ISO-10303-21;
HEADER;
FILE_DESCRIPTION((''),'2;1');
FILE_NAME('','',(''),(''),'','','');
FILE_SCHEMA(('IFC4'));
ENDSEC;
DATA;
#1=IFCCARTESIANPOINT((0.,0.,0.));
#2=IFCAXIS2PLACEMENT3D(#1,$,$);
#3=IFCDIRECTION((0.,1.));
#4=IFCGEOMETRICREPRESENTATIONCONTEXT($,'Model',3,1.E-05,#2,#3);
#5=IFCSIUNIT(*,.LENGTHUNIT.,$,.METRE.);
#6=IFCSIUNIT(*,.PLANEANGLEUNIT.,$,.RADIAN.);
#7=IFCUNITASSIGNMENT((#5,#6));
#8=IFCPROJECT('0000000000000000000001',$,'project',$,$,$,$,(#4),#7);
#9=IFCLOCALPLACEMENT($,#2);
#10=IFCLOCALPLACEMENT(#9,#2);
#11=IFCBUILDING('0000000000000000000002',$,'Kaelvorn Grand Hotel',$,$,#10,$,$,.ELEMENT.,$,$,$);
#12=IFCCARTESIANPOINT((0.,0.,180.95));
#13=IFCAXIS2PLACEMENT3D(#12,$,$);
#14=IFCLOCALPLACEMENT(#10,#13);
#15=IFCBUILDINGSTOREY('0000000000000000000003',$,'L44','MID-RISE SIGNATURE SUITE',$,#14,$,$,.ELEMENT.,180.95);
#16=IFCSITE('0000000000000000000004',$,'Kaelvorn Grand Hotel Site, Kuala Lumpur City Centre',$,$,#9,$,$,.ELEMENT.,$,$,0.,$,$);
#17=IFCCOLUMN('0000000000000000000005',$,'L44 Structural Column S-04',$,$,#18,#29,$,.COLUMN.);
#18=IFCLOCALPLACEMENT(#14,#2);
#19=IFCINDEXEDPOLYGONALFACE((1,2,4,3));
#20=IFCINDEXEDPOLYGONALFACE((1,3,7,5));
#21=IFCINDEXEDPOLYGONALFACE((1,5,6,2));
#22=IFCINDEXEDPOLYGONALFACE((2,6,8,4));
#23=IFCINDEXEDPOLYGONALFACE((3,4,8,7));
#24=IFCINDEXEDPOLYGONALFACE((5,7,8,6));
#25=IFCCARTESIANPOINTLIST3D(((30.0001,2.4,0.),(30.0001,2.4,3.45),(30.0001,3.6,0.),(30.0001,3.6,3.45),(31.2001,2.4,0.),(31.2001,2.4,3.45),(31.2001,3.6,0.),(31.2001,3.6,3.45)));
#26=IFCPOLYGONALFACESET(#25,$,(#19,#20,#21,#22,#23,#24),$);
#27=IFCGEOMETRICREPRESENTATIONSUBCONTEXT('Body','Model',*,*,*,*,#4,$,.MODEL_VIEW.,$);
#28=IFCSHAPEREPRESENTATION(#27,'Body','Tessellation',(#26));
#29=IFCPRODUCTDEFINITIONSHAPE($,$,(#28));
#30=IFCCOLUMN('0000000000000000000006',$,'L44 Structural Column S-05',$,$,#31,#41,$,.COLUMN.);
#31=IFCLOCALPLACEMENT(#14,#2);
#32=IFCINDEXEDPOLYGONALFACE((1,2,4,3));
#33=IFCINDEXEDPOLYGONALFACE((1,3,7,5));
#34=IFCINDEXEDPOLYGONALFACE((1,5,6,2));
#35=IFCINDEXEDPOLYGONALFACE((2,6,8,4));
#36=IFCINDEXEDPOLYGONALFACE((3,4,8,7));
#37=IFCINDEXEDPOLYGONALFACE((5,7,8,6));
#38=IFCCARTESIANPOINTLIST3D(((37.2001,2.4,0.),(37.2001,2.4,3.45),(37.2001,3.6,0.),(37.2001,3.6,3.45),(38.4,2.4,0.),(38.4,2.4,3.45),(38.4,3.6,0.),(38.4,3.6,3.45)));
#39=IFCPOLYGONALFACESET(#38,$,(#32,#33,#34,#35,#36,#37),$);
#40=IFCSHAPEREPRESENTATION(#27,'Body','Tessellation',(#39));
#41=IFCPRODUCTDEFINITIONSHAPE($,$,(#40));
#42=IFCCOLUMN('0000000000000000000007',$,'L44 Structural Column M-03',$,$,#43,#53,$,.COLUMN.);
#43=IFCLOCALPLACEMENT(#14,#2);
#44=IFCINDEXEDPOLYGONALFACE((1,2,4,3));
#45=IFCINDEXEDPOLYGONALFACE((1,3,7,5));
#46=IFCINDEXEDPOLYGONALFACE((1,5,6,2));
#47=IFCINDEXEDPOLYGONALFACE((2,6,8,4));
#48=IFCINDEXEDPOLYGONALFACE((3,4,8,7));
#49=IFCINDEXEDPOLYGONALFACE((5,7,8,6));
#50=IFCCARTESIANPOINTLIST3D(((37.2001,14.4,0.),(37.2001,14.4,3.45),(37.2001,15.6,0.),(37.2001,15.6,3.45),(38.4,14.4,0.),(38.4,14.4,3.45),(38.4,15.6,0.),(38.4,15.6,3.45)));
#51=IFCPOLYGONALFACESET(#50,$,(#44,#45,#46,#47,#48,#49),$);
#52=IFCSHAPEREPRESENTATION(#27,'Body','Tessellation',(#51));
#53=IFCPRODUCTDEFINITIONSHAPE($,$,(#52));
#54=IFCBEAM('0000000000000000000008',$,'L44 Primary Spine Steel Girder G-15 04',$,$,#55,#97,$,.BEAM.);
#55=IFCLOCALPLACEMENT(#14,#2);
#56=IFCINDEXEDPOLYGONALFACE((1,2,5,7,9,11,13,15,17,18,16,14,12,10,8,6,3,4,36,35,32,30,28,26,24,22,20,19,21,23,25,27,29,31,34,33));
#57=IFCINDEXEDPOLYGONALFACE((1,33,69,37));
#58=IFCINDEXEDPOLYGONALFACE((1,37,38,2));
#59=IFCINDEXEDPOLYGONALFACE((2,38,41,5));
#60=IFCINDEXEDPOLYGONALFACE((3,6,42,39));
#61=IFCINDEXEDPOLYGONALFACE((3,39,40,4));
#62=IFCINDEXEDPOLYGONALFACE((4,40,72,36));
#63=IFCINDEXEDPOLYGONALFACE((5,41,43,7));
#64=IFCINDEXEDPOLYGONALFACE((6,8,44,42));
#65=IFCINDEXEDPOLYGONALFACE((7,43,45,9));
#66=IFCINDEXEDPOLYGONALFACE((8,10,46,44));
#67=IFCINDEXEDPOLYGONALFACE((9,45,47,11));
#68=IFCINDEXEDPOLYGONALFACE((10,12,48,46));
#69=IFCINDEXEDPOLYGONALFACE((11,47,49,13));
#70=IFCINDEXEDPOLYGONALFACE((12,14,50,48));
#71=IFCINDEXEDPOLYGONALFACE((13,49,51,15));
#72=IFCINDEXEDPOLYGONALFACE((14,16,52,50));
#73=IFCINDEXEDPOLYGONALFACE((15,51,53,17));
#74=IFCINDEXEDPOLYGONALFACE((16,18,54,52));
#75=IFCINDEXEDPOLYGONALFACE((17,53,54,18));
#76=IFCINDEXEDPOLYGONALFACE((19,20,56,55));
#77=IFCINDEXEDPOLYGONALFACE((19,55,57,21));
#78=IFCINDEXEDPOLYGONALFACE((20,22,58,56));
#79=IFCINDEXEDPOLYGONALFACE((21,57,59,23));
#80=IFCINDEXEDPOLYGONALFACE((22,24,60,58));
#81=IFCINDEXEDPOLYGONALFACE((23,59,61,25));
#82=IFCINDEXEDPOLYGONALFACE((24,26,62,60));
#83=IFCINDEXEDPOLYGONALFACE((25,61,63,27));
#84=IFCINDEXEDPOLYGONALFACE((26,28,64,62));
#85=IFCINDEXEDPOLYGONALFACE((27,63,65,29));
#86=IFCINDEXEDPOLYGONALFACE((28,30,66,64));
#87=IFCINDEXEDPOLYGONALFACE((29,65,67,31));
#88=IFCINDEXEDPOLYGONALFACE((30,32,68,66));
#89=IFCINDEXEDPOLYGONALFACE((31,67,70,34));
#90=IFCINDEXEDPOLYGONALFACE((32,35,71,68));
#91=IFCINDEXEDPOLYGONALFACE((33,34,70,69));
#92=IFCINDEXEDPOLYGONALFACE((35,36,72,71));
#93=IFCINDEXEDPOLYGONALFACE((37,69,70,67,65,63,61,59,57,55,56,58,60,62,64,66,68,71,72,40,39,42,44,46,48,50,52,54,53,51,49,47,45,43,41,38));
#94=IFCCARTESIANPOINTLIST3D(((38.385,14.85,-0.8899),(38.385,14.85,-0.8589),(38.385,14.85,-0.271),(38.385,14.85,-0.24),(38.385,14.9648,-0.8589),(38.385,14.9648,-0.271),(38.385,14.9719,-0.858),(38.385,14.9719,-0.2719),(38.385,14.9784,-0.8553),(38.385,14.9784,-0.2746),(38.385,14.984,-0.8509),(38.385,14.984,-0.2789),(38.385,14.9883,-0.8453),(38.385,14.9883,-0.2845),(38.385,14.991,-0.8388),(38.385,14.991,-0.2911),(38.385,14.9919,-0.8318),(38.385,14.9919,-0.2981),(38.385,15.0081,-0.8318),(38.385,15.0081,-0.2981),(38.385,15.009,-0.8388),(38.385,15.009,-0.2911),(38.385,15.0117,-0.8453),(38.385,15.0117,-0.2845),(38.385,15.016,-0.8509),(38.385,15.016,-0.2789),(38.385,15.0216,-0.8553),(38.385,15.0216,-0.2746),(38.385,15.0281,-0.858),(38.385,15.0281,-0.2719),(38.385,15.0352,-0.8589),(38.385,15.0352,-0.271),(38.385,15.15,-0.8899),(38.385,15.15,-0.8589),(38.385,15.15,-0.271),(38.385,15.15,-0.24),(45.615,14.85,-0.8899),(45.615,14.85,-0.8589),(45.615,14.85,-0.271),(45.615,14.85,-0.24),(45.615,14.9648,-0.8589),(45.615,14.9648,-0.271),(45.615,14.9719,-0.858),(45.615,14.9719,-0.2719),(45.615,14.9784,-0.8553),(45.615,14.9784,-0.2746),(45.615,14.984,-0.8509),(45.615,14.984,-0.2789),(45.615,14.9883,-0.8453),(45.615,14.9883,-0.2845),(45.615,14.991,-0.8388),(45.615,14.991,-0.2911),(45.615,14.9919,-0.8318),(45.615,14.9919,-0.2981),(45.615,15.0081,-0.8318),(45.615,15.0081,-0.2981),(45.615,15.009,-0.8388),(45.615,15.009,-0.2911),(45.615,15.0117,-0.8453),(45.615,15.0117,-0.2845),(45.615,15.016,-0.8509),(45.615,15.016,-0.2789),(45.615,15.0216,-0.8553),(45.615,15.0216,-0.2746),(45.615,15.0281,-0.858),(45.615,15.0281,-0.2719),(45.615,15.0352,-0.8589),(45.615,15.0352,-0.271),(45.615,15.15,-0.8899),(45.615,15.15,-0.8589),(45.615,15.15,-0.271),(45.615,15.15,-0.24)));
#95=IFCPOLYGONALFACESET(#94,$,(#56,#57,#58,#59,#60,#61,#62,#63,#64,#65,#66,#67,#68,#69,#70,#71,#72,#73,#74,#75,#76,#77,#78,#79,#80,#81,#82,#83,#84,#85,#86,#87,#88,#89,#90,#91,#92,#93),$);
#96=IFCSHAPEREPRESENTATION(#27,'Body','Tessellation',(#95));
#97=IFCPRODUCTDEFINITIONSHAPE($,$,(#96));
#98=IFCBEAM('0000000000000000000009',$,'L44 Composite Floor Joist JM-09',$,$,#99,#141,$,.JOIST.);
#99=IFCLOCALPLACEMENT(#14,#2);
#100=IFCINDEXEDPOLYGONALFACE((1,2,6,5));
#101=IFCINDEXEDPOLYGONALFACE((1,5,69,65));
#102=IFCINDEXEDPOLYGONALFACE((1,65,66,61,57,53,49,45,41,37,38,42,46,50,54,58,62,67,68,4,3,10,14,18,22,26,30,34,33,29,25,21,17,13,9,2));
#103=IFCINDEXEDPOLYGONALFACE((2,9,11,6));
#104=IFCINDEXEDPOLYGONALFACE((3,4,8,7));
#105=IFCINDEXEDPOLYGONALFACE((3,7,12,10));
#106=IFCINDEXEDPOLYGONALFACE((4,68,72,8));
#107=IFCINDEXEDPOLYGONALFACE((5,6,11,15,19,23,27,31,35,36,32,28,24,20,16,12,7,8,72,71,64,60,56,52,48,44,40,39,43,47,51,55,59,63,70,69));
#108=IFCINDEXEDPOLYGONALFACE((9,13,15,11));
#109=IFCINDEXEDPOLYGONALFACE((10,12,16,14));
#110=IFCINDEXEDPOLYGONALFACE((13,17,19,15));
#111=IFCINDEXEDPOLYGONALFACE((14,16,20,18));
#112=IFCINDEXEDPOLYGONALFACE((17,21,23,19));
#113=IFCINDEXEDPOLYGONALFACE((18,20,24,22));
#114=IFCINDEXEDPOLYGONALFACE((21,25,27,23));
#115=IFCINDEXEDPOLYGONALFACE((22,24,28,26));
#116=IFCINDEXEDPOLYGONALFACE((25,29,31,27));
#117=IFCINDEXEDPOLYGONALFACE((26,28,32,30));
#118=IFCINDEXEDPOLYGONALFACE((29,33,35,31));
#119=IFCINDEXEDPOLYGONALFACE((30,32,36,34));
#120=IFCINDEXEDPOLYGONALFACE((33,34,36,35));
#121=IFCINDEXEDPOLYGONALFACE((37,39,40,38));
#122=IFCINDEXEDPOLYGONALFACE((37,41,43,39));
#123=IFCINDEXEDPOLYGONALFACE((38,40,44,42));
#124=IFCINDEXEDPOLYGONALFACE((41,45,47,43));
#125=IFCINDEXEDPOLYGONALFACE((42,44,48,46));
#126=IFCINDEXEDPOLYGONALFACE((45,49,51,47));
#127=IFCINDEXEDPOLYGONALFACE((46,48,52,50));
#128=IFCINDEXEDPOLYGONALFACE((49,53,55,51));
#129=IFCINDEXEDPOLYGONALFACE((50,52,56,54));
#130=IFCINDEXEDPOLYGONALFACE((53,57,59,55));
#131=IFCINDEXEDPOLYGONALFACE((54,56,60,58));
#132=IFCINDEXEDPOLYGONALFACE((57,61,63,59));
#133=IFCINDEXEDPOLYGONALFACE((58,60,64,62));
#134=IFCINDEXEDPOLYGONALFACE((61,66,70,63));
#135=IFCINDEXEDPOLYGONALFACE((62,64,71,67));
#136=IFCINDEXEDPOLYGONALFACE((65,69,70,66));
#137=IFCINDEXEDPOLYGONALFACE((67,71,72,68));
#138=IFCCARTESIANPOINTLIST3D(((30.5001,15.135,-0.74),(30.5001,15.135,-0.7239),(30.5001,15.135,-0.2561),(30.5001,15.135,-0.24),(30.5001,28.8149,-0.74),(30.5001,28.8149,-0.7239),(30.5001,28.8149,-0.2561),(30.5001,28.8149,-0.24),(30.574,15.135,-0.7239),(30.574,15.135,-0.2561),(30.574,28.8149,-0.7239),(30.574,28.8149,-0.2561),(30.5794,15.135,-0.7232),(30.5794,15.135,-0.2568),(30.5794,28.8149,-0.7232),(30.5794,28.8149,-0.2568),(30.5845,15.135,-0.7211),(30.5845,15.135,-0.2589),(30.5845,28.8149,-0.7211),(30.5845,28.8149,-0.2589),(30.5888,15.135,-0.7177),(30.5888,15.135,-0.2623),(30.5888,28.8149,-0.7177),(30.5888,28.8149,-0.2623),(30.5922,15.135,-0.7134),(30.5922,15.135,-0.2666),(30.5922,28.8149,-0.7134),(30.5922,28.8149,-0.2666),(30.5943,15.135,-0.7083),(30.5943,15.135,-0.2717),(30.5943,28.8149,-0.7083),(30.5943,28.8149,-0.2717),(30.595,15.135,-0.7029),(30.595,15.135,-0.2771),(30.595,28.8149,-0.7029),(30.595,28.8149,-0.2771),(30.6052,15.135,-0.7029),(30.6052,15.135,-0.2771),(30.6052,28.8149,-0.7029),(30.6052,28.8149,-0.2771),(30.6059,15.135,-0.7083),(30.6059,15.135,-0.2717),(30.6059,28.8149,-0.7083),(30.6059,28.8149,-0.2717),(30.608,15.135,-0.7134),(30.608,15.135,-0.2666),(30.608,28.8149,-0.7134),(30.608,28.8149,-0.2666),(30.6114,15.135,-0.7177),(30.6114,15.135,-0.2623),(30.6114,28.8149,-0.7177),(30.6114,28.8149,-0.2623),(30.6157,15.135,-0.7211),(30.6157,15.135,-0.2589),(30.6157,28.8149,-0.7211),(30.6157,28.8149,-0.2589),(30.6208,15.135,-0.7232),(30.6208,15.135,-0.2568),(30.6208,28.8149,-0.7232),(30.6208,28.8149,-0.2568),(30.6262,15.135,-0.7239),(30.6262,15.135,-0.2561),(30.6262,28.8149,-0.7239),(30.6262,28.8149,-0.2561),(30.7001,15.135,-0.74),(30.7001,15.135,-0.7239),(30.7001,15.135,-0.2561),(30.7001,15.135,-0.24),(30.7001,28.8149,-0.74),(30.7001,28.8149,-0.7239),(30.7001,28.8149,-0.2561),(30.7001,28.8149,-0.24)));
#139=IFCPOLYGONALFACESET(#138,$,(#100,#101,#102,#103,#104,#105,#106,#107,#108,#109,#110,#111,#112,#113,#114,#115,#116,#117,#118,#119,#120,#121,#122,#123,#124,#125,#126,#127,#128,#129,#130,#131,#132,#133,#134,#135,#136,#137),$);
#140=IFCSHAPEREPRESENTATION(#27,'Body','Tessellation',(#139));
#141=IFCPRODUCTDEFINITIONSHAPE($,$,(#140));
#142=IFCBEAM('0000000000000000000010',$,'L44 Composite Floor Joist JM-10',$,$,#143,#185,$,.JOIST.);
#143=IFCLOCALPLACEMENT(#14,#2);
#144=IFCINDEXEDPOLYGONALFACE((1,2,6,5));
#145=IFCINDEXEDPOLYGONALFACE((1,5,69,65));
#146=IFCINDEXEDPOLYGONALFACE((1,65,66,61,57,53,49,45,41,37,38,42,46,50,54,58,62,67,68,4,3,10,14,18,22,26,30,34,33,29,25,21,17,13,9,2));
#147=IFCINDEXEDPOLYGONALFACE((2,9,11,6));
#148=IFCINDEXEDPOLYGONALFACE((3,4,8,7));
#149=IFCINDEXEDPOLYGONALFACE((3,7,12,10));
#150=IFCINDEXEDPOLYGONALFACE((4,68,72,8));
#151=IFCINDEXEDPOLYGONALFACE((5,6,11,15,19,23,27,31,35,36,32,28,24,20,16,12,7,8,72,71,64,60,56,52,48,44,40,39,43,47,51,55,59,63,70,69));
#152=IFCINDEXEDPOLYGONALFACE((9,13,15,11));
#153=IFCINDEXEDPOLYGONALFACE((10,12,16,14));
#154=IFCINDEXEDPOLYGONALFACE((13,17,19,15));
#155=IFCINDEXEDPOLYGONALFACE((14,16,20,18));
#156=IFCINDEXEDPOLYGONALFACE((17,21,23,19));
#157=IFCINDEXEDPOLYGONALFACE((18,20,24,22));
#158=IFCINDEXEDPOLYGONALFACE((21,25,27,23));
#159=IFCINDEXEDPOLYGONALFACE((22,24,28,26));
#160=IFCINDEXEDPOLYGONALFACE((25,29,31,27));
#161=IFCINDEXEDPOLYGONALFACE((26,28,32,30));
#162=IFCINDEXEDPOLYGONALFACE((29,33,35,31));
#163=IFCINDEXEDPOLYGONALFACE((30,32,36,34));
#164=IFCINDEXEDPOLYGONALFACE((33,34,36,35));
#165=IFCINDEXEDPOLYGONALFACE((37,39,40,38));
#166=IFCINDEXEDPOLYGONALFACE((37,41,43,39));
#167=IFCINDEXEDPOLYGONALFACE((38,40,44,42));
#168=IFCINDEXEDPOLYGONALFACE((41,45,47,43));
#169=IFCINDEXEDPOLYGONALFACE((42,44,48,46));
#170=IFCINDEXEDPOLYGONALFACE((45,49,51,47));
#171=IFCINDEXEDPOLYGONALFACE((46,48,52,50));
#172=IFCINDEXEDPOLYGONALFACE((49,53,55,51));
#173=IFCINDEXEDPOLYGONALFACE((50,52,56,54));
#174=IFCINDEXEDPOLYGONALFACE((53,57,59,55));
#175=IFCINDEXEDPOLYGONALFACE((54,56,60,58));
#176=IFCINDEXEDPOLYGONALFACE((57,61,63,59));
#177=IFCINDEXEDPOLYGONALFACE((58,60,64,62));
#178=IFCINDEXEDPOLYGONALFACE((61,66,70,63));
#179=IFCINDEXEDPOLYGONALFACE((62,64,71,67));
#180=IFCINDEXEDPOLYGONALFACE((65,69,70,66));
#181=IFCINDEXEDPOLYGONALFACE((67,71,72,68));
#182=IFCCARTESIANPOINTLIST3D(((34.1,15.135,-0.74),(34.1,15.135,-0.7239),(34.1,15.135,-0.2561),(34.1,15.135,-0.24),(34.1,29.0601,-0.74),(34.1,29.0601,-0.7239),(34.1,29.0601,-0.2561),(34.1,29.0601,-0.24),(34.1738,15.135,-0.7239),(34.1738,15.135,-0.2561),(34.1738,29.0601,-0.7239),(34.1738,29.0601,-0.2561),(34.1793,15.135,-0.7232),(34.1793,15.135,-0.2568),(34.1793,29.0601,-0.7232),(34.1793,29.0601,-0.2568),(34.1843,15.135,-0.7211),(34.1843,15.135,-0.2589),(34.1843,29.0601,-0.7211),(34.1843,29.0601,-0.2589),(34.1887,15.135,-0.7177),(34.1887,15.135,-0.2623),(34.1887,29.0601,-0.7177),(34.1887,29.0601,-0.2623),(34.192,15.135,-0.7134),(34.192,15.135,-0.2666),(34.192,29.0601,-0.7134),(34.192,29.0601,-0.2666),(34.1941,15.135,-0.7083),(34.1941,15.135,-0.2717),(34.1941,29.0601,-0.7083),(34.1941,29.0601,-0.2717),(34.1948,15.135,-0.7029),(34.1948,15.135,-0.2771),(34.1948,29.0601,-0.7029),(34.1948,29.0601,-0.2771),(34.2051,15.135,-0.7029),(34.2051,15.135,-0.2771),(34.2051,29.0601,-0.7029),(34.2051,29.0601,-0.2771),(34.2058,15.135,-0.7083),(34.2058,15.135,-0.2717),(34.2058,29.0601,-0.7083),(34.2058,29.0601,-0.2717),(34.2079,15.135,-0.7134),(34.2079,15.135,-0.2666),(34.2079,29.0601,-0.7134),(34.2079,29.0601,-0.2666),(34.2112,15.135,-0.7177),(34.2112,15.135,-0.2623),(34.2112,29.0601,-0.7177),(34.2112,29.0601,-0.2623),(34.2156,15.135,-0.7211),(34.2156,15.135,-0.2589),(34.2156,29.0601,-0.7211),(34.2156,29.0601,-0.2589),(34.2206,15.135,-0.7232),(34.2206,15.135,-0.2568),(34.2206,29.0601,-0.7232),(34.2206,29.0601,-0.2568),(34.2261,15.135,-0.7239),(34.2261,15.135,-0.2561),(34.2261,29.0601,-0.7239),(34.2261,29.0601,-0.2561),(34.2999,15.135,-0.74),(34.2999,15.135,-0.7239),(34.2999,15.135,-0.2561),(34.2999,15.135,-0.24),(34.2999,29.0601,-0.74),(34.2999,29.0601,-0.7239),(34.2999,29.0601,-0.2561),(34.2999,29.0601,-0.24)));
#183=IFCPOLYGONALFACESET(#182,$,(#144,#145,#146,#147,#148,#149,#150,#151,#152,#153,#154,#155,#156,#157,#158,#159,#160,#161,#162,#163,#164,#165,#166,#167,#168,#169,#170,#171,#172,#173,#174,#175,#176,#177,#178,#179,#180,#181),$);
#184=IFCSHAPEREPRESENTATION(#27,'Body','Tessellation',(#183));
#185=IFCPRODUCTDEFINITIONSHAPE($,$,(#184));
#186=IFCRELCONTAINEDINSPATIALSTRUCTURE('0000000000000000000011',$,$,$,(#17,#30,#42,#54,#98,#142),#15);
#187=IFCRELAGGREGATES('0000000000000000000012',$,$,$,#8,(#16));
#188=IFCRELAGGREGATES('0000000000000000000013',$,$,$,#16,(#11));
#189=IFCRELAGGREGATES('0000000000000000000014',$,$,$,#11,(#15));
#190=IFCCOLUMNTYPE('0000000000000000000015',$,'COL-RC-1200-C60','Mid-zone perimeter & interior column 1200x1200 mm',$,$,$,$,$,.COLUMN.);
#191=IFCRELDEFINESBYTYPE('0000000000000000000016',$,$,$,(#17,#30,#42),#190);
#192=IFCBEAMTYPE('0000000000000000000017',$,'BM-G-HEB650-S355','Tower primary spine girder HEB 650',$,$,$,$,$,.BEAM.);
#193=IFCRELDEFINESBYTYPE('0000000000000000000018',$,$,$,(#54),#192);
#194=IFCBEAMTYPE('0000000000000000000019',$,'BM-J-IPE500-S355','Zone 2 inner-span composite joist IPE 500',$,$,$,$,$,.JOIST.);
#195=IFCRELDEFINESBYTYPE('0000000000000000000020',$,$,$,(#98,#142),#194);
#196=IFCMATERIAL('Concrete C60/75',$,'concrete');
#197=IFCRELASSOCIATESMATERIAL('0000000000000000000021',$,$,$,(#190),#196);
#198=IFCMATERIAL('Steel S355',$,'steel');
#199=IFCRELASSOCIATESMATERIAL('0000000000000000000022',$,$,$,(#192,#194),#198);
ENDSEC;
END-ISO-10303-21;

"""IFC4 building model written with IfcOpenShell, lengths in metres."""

from ifc_helpers import new_model, si_unit, direction, frame, origin, origin_2d, place, context, subcontext, project, spatial, rectangle, i_section, extrude, material, material_profile, profile_set, type_object, element, save


model = new_model("IFC4")

# Units and contexts
model_context = context("Model", 3, precision=1e-05, world=origin(), true_north=direction((0.0, 1.0)))
body_context = subcontext(model_context, "Body", "Model", "MODEL_VIEW")
ifc_project = project(units=[si_unit("LENGTHUNIT", "METRE"), si_unit("PLANEANGLEUNIT", "RADIAN")], contexts=[model_context])

# Site, building, storey
site_placement = place(None, origin())
site = spatial("IfcSite", under=ifc_project, at=site_placement, Name="Kaelvorn Grand Hotel Site, Kuala Lumpur City Centre", CompositionType="ELEMENT", RefElevation=0.0)
building_placement = place(site_placement, origin())
building = spatial("IfcBuilding", under=site, at=building_placement, Name="Kaelvorn Grand Hotel", CompositionType="ELEMENT")
storey_placement = place(building_placement, frame((0.0, 0.0, 180.95)))
storey = spatial("IfcBuildingStorey", under=building, at=storey_placement, Name="L44", Description="MID-RISE SIGNATURE SUITE", CompositionType="ELEMENT", Elevation=180.95)

# Columns
ifc_material_1 = material(Name="Concrete C60/75", Category="concrete")
ifc_material_profile_1 = material_profile(ifc_material_1, rectangle(XDim=1.2, YDim=1.2, at=origin_2d()), Name="RC COL 1200x1200")
ifc_profile_set_1 = profile_set([ifc_material_profile_1], Name="Concrete C60/75")
column_type = type_object("IfcColumnType", Name="COL-RC-1200-C60", Description="Mid-zone perimeter & interior column 1200x1200 mm", PredefinedType="COLUMN", material=ifc_profile_set_1)
for number, where, z_axis, x_axis, name in (
    (1, (30.6001, 3.0, 0.0), (0.0, 0.0, 1.0), (1.0, 0.0, 0.0), "L44 Structural Column S-04"),
    (2, (37.8, 3.0, 0.0), (0.0, 0.0, 1.0), (1.0, 0.0, 0.0), "L44 Structural Column S-05"),
    (3, (37.8, 15.0, 0.0), (0.0, 0.0, 1.0), (1.0, 0.0, 0.0), "L44 Structural Column M-03"),
):
    element("IfcColumn", number, at=place(storey_placement, frame(where, z_axis=z_axis, x_axis=x_axis)), inside=storey, type_object=column_type, Name=name, PredefinedType="COLUMN", context=body_context, shape_type="SweptSolid", body=[
        extrude(rectangle(XDim=1.2, YDim=1.2, at=origin_2d()), origin(), (0.0, 0.0, 1.0), 3.45),
    ])

# Beams
ifc_material_2 = material(Name="Steel S355", Category="steel")
ifc_material_profile_2 = material_profile(ifc_material_2, i_section(OverallWidth=0.3, OverallDepth=0.6499, WebThickness=0.0161, FlangeThickness=0.031, FilletRadius=0.0271, at=origin_2d()), Name="HEB 650")
ifc_profile_set_2 = profile_set([ifc_material_profile_2], Name="Steel S355")
beam_type_1 = type_object("IfcBeamType", Name="BM-G-HEB650-S355", Description="Tower primary spine girder HEB 650", PredefinedType="BEAM", material=ifc_profile_set_2)
beam_1_placement = place(storey_placement, frame((38.385, 15.0, -0.5649), z_axis=(1.0, 0.0, 0.0), x_axis=(0.0, 1.0, 0.0)))
element("IfcBeam", 4, at=beam_1_placement, inside=storey, type_object=beam_type_1, Name="L44 Primary Spine Steel Girder G-15 04", PredefinedType="BEAM", context=body_context, shape_type="SweptSolid", body=[
    extrude(i_section(OverallWidth=0.3, OverallDepth=0.6499, WebThickness=0.0161, FlangeThickness=0.031, FilletRadius=0.0271, at=origin_2d()), origin(), (0.0, 0.0, 1.0), 7.23),
])
ifc_material_profile_3 = material_profile(ifc_material_2, i_section(OverallWidth=0.2, OverallDepth=0.5, WebThickness=0.0103, FlangeThickness=0.0161, FilletRadius=0.021, at=origin_2d()), Name="IPE 500")
ifc_profile_set_3 = profile_set([ifc_material_profile_3], Name="Steel S355")
beam_type_2 = type_object("IfcBeamType", Name="BM-J-IPE500-S355", Description="Zone 2 inner-span composite joist IPE 500", PredefinedType="JOIST", material=ifc_profile_set_3)
beam_2_placement = place(storey_placement, frame((30.6001, 15.135, -0.49), z_axis=(0.0, 1.0, 0.0), x_axis=(-1.0, 0.0, 0.0)))
element("IfcBeam", 5, at=beam_2_placement, inside=storey, type_object=beam_type_2, Name="L44 Composite Floor Joist JM-09", PredefinedType="JOIST", context=body_context, shape_type="SweptSolid", body=[
    extrude(i_section(OverallWidth=0.2, OverallDepth=0.5, WebThickness=0.0103, FlangeThickness=0.0161, FilletRadius=0.021, at=origin_2d()), origin(), (0.0, 0.0, 1.0), 13.6799),
])
beam_3_placement = place(storey_placement, frame((34.2, 15.135, -0.49), z_axis=(0.0, 1.0, 0.0), x_axis=(-1.0, 0.0, 0.0)))
element("IfcBeam", 6, at=beam_3_placement, inside=storey, type_object=beam_type_2, Name="L44 Composite Floor Joist JM-10", PredefinedType="JOIST", context=body_context, shape_type="SweptSolid", body=[
    extrude(i_section(OverallWidth=0.2, OverallDepth=0.5, WebThickness=0.0103, FlangeThickness=0.0161, FilletRadius=0.021, at=origin_2d()), origin(), (0.0, 0.0, 1.0), 13.925),
])

save(model, "model.ifc")
